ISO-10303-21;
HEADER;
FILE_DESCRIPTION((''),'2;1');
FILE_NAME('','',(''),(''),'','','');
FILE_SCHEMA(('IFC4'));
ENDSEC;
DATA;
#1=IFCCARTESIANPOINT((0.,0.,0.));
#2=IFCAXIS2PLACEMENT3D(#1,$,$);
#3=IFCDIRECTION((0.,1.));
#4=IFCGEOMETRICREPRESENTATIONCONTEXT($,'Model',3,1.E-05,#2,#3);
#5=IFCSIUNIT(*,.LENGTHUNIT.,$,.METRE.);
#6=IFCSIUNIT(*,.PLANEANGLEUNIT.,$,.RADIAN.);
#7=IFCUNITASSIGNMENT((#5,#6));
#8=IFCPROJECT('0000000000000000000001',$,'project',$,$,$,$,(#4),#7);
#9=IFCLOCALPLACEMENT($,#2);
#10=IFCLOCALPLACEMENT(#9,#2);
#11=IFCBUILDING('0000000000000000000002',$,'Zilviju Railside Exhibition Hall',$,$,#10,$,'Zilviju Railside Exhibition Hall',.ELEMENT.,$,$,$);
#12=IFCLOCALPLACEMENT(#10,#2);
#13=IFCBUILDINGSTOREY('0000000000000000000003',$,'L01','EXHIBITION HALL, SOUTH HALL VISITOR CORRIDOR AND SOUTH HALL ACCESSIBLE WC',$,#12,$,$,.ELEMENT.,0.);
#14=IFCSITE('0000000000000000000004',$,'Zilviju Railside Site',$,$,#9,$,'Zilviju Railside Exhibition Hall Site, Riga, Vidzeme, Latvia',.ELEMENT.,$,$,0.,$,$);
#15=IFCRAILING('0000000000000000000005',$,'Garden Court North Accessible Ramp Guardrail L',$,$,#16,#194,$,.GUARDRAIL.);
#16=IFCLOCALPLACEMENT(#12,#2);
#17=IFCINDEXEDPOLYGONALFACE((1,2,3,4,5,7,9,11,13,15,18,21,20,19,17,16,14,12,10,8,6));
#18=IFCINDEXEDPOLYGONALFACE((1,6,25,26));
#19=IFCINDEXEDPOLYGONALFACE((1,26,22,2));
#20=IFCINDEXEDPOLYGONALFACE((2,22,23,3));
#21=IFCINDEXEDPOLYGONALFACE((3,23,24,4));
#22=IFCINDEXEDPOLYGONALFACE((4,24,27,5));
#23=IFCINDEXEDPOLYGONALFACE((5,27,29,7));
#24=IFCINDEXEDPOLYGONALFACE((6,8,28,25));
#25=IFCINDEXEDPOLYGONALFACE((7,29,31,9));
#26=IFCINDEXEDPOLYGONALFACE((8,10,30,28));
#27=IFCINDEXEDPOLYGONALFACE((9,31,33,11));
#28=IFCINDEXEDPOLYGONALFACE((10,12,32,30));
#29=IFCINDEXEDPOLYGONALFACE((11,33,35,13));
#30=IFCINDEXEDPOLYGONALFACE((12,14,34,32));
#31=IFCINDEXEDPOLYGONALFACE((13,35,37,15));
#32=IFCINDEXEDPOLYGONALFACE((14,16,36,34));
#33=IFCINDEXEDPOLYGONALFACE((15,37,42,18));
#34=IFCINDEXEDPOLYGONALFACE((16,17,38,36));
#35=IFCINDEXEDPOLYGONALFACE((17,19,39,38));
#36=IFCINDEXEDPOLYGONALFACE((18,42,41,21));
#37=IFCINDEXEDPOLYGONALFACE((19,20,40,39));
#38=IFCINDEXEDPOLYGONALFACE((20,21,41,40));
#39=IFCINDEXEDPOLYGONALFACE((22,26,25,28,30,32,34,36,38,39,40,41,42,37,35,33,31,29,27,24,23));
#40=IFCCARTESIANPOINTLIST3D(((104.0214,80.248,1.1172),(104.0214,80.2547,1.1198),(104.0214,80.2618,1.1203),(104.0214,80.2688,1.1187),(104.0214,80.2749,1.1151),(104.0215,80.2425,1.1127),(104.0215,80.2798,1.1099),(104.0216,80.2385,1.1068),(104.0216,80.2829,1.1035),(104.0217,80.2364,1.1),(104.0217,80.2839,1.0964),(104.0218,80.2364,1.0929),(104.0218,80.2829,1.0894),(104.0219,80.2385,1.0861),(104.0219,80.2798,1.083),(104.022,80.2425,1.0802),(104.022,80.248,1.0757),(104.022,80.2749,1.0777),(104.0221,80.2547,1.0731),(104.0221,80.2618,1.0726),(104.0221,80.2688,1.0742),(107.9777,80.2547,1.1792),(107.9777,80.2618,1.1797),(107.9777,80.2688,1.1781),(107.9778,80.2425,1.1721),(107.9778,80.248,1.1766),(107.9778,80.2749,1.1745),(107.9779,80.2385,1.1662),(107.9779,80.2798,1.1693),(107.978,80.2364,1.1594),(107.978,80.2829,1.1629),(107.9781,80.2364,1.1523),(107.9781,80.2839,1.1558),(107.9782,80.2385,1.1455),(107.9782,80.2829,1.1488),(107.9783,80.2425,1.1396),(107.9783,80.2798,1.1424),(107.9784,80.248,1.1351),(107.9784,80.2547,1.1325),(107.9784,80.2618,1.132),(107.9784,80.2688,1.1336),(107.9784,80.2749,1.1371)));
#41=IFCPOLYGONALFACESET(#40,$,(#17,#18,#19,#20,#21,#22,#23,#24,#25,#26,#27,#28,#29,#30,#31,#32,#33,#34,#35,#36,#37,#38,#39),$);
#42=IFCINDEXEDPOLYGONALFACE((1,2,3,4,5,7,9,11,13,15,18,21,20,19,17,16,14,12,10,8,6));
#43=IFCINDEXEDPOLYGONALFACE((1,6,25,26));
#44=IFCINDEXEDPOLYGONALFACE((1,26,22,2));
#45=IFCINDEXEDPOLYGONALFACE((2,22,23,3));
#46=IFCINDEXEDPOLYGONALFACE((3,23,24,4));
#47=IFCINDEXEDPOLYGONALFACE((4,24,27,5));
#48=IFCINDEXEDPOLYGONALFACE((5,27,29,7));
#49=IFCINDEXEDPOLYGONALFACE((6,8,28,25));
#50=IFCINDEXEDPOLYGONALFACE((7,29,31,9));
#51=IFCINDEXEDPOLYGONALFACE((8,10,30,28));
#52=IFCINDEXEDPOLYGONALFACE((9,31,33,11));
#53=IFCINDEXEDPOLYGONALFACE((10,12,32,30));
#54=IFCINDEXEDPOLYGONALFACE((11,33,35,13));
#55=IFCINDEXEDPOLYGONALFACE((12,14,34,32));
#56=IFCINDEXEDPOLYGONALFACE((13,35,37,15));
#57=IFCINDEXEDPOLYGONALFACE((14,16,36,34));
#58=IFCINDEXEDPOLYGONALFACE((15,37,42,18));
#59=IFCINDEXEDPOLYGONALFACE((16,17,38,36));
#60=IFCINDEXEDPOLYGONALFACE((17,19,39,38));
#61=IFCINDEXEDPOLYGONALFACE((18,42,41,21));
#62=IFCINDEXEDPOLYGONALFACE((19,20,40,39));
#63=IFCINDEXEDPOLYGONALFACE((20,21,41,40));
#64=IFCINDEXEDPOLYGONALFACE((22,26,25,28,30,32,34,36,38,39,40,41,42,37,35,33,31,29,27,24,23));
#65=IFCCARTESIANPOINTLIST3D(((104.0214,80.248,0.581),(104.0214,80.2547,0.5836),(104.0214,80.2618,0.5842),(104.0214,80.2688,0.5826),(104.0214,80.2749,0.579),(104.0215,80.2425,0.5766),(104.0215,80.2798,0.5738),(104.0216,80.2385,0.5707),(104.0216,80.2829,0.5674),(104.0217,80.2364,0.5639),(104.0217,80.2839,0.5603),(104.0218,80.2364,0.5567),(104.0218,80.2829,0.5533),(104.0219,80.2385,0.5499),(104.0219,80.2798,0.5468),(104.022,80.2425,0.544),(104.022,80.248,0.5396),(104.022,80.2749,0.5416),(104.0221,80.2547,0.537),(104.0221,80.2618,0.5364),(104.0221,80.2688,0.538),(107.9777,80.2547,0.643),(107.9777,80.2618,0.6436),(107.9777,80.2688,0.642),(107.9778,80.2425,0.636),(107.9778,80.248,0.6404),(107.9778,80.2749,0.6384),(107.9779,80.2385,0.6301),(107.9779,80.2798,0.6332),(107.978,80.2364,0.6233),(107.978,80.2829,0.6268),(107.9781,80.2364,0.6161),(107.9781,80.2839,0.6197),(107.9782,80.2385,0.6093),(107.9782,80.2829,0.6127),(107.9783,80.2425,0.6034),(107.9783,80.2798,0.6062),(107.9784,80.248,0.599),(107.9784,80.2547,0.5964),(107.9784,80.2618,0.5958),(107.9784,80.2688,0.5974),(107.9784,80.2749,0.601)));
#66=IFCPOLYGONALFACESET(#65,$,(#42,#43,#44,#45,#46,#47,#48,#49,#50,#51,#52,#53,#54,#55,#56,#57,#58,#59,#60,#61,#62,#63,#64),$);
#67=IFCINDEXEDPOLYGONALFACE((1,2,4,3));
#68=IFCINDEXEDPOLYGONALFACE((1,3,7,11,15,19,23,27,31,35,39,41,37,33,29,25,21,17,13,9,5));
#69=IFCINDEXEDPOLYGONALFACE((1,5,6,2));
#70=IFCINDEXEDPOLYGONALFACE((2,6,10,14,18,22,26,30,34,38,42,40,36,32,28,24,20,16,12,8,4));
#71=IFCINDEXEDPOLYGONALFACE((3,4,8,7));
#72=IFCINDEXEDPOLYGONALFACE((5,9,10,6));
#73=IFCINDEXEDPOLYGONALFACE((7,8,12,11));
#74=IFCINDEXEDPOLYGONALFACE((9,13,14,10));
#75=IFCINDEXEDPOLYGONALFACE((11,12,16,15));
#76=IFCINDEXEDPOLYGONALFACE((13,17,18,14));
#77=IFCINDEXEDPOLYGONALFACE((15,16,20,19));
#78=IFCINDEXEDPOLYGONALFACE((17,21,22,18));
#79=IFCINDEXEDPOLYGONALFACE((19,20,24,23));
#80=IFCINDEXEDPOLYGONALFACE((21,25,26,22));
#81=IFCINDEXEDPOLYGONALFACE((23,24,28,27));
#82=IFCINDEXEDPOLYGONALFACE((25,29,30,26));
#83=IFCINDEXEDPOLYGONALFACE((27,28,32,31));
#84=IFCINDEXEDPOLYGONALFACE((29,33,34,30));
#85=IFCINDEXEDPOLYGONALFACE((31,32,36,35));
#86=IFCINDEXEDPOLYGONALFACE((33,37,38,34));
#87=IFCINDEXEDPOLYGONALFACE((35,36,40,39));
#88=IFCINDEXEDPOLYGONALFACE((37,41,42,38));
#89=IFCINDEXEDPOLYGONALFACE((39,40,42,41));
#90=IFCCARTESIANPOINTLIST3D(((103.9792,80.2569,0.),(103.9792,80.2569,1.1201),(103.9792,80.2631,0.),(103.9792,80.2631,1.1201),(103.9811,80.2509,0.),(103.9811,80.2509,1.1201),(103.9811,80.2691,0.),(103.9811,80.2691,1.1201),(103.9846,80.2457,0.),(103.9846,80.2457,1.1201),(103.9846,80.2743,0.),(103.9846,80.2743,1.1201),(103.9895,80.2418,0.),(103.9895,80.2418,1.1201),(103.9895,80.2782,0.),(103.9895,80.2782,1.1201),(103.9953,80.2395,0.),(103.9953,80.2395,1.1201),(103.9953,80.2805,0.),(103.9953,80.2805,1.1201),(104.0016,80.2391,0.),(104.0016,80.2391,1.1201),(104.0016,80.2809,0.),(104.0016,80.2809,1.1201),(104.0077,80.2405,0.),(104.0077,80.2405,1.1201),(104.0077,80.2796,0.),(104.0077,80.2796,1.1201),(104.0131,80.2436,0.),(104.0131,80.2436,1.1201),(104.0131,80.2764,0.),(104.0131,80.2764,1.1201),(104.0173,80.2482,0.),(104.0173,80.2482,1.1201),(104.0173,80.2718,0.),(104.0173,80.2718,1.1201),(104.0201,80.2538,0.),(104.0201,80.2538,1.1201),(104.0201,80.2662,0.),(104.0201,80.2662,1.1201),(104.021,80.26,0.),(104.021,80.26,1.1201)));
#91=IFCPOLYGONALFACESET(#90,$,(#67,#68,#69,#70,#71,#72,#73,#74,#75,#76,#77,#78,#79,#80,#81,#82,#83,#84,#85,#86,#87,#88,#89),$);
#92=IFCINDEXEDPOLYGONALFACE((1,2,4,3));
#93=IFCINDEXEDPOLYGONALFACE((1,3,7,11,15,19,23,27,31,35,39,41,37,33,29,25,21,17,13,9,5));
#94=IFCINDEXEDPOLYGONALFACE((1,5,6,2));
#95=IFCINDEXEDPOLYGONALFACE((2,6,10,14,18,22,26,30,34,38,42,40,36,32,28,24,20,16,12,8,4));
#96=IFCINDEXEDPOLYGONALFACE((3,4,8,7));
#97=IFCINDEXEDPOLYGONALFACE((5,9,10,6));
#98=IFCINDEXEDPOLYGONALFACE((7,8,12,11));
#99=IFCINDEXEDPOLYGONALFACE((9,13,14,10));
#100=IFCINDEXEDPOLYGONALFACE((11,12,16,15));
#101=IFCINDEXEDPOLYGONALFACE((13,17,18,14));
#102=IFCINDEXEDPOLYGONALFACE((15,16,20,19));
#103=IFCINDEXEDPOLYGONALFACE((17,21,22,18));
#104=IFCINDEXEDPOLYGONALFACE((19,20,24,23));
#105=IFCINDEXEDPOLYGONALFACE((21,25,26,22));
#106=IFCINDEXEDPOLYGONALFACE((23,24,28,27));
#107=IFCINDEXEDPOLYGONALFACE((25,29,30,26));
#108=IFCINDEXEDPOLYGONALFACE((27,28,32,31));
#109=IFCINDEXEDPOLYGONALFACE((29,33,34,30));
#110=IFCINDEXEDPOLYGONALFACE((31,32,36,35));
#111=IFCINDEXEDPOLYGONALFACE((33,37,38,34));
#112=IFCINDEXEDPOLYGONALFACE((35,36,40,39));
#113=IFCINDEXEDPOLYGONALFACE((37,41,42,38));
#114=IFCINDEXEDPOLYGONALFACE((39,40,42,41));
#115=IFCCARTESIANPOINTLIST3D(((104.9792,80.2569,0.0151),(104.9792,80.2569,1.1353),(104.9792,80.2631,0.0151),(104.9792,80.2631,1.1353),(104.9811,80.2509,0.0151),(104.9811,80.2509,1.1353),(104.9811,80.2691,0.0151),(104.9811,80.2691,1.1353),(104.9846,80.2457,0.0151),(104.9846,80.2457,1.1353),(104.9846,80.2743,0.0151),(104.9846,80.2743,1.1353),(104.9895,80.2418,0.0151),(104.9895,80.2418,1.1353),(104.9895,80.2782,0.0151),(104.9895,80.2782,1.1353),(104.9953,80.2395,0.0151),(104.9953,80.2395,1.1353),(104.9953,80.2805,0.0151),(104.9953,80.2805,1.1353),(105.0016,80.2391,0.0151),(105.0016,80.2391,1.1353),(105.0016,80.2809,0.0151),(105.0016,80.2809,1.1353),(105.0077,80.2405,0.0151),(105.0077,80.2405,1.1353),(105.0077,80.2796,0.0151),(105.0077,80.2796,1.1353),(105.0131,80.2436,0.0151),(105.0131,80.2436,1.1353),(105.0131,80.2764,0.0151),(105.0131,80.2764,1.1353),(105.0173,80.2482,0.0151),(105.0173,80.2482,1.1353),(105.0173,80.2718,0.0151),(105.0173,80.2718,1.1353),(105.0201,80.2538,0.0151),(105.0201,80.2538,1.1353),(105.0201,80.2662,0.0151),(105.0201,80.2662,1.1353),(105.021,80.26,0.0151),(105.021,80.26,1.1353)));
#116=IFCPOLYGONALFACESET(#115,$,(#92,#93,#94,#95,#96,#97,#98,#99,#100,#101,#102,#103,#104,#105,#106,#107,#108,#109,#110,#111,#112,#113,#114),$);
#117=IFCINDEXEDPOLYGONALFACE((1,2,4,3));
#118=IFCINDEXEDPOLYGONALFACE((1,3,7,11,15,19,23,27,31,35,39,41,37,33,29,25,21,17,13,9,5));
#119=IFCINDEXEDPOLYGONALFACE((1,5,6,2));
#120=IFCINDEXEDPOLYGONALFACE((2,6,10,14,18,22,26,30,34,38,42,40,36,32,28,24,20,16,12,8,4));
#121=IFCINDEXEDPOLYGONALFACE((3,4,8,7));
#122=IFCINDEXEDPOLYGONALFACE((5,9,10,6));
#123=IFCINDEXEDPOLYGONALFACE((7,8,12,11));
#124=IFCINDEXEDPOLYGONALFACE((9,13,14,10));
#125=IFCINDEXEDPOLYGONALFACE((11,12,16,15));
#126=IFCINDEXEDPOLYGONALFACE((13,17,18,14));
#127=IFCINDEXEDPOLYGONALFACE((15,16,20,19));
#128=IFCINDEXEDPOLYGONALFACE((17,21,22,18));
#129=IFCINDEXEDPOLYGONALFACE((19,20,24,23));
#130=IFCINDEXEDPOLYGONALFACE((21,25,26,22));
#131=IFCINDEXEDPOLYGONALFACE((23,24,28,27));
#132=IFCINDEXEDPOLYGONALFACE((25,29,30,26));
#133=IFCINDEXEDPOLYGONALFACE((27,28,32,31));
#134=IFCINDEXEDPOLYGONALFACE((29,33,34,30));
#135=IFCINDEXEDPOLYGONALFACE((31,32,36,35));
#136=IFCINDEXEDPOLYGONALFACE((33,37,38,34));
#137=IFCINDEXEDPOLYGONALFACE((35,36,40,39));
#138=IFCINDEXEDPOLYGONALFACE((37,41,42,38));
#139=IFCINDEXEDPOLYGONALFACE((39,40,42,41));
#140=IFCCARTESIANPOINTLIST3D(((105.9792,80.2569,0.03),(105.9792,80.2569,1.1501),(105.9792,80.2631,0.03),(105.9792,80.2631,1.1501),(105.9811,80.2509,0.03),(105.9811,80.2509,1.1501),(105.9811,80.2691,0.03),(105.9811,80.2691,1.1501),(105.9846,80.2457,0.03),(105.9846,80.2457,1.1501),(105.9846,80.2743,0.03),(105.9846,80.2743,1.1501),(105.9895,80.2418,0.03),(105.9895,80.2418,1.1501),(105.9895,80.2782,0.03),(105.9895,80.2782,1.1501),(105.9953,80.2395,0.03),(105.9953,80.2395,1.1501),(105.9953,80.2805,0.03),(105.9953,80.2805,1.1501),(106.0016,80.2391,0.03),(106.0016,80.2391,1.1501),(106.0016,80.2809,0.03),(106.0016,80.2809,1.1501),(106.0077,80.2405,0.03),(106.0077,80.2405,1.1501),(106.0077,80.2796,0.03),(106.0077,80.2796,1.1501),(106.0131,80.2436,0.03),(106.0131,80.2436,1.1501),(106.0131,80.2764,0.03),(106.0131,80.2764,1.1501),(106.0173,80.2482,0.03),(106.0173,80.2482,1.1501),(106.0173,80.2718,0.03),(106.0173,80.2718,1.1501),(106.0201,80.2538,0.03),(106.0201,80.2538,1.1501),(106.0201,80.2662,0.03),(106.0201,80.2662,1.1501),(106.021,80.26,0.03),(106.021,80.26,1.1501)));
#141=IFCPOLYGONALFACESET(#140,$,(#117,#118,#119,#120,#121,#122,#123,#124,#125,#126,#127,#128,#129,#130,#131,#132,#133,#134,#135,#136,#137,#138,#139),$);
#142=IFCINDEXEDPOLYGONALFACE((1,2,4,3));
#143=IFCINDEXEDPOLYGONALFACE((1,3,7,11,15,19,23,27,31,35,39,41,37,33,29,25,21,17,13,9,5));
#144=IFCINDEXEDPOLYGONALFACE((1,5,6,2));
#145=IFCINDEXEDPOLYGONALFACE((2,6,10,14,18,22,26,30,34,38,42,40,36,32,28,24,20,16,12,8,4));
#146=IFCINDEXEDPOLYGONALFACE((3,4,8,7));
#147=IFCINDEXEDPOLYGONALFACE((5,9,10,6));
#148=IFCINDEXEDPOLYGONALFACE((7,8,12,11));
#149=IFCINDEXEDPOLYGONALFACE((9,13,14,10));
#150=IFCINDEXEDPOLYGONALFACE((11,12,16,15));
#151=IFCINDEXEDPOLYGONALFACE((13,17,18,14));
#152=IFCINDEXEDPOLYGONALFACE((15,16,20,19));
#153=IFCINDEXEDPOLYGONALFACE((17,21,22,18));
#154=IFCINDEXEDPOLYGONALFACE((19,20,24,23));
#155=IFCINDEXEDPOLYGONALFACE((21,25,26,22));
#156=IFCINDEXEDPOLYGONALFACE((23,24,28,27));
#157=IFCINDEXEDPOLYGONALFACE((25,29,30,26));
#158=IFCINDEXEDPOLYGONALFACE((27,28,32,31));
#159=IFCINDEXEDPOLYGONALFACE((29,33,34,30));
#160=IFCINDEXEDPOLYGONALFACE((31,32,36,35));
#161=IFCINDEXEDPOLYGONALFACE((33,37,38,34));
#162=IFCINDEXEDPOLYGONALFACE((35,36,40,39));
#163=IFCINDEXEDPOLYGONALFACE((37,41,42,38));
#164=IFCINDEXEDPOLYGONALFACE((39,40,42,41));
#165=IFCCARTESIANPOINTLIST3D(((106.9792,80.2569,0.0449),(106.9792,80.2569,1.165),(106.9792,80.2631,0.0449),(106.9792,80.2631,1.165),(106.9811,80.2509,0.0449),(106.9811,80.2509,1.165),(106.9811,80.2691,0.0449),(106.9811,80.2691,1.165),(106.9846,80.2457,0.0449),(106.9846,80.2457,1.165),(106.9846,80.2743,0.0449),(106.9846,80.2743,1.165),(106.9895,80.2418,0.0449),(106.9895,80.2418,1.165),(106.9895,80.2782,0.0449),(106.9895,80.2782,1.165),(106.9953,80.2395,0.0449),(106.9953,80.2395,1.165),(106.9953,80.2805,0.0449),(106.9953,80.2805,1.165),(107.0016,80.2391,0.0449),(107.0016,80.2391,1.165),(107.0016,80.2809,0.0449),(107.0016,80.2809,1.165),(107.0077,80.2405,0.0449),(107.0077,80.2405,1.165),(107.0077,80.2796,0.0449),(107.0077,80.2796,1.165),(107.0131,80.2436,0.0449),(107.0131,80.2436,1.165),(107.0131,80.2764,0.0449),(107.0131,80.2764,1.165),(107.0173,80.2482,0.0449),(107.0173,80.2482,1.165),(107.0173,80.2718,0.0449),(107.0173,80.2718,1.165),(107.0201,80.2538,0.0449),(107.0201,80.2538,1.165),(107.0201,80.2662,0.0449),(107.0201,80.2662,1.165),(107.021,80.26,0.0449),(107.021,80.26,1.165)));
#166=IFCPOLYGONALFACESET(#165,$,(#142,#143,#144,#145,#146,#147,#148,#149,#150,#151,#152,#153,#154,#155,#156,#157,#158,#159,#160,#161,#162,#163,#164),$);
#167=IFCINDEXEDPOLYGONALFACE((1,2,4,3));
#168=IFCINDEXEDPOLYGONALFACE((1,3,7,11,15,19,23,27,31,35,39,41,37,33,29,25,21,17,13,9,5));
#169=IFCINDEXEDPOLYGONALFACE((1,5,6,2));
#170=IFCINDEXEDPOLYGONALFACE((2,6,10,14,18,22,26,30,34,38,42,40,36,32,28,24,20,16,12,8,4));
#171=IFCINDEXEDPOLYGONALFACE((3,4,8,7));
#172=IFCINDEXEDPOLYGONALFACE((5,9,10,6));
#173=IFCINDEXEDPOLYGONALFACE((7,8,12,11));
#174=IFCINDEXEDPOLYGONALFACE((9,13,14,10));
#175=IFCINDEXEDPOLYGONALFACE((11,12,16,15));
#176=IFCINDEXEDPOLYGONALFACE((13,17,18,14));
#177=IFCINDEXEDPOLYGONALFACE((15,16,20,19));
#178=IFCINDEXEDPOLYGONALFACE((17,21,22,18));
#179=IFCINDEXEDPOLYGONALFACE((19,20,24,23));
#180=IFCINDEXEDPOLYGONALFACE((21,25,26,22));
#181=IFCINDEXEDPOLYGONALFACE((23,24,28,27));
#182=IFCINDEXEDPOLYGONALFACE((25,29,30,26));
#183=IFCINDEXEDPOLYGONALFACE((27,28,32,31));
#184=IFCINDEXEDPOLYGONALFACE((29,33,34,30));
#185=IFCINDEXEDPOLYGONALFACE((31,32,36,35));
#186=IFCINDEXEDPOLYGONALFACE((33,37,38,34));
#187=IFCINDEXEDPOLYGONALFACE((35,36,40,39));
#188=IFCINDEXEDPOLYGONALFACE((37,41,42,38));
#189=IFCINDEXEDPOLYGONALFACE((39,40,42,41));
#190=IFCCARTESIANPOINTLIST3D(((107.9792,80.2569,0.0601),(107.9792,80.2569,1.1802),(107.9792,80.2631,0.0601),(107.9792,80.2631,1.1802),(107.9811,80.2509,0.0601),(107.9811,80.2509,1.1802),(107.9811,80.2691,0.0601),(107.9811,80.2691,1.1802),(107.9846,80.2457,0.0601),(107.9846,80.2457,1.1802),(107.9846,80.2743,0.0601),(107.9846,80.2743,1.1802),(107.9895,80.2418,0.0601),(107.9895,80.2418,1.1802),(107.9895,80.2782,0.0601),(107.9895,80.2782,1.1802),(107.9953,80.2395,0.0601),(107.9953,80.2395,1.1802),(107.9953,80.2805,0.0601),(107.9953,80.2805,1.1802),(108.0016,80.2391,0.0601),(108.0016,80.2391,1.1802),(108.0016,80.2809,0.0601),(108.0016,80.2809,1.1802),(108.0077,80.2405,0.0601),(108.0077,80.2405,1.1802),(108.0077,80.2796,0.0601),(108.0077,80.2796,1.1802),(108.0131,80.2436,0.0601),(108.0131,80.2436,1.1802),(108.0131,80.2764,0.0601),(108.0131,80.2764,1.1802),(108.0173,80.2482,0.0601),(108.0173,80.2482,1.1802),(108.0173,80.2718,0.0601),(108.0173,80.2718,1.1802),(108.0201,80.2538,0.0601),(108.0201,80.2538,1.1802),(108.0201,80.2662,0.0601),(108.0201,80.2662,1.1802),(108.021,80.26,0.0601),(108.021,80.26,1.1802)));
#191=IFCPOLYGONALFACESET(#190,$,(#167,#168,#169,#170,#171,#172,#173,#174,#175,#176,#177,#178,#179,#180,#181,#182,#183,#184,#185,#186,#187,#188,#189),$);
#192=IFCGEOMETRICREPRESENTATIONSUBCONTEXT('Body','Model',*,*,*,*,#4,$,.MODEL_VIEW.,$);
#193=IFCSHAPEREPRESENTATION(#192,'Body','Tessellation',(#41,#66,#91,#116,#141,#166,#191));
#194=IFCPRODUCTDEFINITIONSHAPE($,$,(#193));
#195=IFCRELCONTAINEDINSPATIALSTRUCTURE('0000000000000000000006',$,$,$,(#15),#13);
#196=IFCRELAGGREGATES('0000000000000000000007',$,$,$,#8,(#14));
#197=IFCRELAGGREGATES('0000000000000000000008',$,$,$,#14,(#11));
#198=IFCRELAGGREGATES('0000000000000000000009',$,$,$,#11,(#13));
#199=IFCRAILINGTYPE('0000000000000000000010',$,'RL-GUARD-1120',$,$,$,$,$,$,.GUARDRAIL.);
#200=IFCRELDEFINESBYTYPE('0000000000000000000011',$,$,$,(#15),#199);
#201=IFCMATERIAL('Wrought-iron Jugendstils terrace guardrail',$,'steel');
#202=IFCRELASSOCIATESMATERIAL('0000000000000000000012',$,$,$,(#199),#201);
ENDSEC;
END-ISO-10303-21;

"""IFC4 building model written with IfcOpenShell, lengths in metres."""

from ifc_helpers import new_model, si_unit, direction, frame, origin, origin_2d, place, context, subcontext, project, spatial, circle, extrude, material, type_object, element, save


model = new_model("IFC4")

# Units and contexts
model_context = context("Model", 3, precision=1e-05, world=origin(), true_north=direction((0.0, 1.0)))
body_context = subcontext(model_context, "Body", "Model", "MODEL_VIEW")
ifc_project = project(units=[si_unit("LENGTHUNIT", "METRE"), si_unit("PLANEANGLEUNIT", "RADIAN")], contexts=[model_context])

# Site, building, storey
site_placement = place(None, origin())
site = spatial("IfcSite", under=ifc_project, at=site_placement, Name="Zilviju Railside Site", LongName="Zilviju Railside Exhibition Hall Site, Riga, Vidzeme, Latvia", CompositionType="ELEMENT", RefElevation=0.0)
building_placement = place(site_placement, origin())
building = spatial("IfcBuilding", under=site, at=building_placement, Name="Zilviju Railside Exhibition Hall", LongName="Zilviju Railside Exhibition Hall", CompositionType="ELEMENT")
storey_placement = place(building_placement, origin())
storey = spatial("IfcBuildingStorey", under=building, at=storey_placement, Name="L01", Description="EXHIBITION HALL, SOUTH HALL VISITOR CORRIDOR AND SOUTH HALL ACCESSIBLE WC", CompositionType="ELEMENT", Elevation=0.0)

# Railing
ifc_material_1 = material(Name="Wrought-iron Jugendstils terrace guardrail", Category="steel")
railing_type_1 = type_object("IfcRailingType", Name="RL-GUARD-1120", PredefinedType="GUARDRAIL", material=ifc_material_1)
for number, where, name in (
    (1, (104.0, 80.26, 0.0), "Garden Court North Accessible Ramp Guardrail L"),
):
    element("IfcRailing", number, at=place(storey_placement, frame(where)), inside=storey, type_object=railing_type_1, Name=name, PredefinedType="GUARDRAIL", context=body_context, shape_type="SweptSolid", body=[
        extrude(circle(Radius=0.0239, at=origin_2d()), frame((0.0217, 0.0, 1.0964), z_axis=(0.999887, 0.0, 0.015013), x_axis=(0.0, 1.0, 0.0)), (0.0, 0.0, 1.0), 3.9568),
        extrude(circle(Radius=0.0239, at=origin_2d()), frame((0.0217, 0.0, 0.5603), z_axis=(0.999887, 0.0, 0.015013), x_axis=(0.0, 1.0, 0.0)), (0.0, 0.0, 1.0), 3.9568),
        extrude(circle(Radius=0.021, at=origin_2d()), origin(), (0.0, 0.0, 1.0), 1.1201),
        extrude(circle(Radius=0.021, at=origin_2d()), frame((1.0, 0.0, 0.0151)), (0.0, 0.0, 1.0), 1.1201),
        extrude(circle(Radius=0.021, at=origin_2d()), frame((2.0, 0.0, 0.03)), (0.0, 0.0, 1.0), 1.1201),
        extrude(circle(Radius=0.021, at=origin_2d()), frame((3.0, 0.0, 0.0449)), (0.0, 0.0, 1.0), 1.1201),
        extrude(circle(Radius=0.021, at=origin_2d()), frame((4.0, 0.0, 0.0601)), (0.0, 0.0, 1.0), 1.1201),
    ])

save(model, "model.ifc")
